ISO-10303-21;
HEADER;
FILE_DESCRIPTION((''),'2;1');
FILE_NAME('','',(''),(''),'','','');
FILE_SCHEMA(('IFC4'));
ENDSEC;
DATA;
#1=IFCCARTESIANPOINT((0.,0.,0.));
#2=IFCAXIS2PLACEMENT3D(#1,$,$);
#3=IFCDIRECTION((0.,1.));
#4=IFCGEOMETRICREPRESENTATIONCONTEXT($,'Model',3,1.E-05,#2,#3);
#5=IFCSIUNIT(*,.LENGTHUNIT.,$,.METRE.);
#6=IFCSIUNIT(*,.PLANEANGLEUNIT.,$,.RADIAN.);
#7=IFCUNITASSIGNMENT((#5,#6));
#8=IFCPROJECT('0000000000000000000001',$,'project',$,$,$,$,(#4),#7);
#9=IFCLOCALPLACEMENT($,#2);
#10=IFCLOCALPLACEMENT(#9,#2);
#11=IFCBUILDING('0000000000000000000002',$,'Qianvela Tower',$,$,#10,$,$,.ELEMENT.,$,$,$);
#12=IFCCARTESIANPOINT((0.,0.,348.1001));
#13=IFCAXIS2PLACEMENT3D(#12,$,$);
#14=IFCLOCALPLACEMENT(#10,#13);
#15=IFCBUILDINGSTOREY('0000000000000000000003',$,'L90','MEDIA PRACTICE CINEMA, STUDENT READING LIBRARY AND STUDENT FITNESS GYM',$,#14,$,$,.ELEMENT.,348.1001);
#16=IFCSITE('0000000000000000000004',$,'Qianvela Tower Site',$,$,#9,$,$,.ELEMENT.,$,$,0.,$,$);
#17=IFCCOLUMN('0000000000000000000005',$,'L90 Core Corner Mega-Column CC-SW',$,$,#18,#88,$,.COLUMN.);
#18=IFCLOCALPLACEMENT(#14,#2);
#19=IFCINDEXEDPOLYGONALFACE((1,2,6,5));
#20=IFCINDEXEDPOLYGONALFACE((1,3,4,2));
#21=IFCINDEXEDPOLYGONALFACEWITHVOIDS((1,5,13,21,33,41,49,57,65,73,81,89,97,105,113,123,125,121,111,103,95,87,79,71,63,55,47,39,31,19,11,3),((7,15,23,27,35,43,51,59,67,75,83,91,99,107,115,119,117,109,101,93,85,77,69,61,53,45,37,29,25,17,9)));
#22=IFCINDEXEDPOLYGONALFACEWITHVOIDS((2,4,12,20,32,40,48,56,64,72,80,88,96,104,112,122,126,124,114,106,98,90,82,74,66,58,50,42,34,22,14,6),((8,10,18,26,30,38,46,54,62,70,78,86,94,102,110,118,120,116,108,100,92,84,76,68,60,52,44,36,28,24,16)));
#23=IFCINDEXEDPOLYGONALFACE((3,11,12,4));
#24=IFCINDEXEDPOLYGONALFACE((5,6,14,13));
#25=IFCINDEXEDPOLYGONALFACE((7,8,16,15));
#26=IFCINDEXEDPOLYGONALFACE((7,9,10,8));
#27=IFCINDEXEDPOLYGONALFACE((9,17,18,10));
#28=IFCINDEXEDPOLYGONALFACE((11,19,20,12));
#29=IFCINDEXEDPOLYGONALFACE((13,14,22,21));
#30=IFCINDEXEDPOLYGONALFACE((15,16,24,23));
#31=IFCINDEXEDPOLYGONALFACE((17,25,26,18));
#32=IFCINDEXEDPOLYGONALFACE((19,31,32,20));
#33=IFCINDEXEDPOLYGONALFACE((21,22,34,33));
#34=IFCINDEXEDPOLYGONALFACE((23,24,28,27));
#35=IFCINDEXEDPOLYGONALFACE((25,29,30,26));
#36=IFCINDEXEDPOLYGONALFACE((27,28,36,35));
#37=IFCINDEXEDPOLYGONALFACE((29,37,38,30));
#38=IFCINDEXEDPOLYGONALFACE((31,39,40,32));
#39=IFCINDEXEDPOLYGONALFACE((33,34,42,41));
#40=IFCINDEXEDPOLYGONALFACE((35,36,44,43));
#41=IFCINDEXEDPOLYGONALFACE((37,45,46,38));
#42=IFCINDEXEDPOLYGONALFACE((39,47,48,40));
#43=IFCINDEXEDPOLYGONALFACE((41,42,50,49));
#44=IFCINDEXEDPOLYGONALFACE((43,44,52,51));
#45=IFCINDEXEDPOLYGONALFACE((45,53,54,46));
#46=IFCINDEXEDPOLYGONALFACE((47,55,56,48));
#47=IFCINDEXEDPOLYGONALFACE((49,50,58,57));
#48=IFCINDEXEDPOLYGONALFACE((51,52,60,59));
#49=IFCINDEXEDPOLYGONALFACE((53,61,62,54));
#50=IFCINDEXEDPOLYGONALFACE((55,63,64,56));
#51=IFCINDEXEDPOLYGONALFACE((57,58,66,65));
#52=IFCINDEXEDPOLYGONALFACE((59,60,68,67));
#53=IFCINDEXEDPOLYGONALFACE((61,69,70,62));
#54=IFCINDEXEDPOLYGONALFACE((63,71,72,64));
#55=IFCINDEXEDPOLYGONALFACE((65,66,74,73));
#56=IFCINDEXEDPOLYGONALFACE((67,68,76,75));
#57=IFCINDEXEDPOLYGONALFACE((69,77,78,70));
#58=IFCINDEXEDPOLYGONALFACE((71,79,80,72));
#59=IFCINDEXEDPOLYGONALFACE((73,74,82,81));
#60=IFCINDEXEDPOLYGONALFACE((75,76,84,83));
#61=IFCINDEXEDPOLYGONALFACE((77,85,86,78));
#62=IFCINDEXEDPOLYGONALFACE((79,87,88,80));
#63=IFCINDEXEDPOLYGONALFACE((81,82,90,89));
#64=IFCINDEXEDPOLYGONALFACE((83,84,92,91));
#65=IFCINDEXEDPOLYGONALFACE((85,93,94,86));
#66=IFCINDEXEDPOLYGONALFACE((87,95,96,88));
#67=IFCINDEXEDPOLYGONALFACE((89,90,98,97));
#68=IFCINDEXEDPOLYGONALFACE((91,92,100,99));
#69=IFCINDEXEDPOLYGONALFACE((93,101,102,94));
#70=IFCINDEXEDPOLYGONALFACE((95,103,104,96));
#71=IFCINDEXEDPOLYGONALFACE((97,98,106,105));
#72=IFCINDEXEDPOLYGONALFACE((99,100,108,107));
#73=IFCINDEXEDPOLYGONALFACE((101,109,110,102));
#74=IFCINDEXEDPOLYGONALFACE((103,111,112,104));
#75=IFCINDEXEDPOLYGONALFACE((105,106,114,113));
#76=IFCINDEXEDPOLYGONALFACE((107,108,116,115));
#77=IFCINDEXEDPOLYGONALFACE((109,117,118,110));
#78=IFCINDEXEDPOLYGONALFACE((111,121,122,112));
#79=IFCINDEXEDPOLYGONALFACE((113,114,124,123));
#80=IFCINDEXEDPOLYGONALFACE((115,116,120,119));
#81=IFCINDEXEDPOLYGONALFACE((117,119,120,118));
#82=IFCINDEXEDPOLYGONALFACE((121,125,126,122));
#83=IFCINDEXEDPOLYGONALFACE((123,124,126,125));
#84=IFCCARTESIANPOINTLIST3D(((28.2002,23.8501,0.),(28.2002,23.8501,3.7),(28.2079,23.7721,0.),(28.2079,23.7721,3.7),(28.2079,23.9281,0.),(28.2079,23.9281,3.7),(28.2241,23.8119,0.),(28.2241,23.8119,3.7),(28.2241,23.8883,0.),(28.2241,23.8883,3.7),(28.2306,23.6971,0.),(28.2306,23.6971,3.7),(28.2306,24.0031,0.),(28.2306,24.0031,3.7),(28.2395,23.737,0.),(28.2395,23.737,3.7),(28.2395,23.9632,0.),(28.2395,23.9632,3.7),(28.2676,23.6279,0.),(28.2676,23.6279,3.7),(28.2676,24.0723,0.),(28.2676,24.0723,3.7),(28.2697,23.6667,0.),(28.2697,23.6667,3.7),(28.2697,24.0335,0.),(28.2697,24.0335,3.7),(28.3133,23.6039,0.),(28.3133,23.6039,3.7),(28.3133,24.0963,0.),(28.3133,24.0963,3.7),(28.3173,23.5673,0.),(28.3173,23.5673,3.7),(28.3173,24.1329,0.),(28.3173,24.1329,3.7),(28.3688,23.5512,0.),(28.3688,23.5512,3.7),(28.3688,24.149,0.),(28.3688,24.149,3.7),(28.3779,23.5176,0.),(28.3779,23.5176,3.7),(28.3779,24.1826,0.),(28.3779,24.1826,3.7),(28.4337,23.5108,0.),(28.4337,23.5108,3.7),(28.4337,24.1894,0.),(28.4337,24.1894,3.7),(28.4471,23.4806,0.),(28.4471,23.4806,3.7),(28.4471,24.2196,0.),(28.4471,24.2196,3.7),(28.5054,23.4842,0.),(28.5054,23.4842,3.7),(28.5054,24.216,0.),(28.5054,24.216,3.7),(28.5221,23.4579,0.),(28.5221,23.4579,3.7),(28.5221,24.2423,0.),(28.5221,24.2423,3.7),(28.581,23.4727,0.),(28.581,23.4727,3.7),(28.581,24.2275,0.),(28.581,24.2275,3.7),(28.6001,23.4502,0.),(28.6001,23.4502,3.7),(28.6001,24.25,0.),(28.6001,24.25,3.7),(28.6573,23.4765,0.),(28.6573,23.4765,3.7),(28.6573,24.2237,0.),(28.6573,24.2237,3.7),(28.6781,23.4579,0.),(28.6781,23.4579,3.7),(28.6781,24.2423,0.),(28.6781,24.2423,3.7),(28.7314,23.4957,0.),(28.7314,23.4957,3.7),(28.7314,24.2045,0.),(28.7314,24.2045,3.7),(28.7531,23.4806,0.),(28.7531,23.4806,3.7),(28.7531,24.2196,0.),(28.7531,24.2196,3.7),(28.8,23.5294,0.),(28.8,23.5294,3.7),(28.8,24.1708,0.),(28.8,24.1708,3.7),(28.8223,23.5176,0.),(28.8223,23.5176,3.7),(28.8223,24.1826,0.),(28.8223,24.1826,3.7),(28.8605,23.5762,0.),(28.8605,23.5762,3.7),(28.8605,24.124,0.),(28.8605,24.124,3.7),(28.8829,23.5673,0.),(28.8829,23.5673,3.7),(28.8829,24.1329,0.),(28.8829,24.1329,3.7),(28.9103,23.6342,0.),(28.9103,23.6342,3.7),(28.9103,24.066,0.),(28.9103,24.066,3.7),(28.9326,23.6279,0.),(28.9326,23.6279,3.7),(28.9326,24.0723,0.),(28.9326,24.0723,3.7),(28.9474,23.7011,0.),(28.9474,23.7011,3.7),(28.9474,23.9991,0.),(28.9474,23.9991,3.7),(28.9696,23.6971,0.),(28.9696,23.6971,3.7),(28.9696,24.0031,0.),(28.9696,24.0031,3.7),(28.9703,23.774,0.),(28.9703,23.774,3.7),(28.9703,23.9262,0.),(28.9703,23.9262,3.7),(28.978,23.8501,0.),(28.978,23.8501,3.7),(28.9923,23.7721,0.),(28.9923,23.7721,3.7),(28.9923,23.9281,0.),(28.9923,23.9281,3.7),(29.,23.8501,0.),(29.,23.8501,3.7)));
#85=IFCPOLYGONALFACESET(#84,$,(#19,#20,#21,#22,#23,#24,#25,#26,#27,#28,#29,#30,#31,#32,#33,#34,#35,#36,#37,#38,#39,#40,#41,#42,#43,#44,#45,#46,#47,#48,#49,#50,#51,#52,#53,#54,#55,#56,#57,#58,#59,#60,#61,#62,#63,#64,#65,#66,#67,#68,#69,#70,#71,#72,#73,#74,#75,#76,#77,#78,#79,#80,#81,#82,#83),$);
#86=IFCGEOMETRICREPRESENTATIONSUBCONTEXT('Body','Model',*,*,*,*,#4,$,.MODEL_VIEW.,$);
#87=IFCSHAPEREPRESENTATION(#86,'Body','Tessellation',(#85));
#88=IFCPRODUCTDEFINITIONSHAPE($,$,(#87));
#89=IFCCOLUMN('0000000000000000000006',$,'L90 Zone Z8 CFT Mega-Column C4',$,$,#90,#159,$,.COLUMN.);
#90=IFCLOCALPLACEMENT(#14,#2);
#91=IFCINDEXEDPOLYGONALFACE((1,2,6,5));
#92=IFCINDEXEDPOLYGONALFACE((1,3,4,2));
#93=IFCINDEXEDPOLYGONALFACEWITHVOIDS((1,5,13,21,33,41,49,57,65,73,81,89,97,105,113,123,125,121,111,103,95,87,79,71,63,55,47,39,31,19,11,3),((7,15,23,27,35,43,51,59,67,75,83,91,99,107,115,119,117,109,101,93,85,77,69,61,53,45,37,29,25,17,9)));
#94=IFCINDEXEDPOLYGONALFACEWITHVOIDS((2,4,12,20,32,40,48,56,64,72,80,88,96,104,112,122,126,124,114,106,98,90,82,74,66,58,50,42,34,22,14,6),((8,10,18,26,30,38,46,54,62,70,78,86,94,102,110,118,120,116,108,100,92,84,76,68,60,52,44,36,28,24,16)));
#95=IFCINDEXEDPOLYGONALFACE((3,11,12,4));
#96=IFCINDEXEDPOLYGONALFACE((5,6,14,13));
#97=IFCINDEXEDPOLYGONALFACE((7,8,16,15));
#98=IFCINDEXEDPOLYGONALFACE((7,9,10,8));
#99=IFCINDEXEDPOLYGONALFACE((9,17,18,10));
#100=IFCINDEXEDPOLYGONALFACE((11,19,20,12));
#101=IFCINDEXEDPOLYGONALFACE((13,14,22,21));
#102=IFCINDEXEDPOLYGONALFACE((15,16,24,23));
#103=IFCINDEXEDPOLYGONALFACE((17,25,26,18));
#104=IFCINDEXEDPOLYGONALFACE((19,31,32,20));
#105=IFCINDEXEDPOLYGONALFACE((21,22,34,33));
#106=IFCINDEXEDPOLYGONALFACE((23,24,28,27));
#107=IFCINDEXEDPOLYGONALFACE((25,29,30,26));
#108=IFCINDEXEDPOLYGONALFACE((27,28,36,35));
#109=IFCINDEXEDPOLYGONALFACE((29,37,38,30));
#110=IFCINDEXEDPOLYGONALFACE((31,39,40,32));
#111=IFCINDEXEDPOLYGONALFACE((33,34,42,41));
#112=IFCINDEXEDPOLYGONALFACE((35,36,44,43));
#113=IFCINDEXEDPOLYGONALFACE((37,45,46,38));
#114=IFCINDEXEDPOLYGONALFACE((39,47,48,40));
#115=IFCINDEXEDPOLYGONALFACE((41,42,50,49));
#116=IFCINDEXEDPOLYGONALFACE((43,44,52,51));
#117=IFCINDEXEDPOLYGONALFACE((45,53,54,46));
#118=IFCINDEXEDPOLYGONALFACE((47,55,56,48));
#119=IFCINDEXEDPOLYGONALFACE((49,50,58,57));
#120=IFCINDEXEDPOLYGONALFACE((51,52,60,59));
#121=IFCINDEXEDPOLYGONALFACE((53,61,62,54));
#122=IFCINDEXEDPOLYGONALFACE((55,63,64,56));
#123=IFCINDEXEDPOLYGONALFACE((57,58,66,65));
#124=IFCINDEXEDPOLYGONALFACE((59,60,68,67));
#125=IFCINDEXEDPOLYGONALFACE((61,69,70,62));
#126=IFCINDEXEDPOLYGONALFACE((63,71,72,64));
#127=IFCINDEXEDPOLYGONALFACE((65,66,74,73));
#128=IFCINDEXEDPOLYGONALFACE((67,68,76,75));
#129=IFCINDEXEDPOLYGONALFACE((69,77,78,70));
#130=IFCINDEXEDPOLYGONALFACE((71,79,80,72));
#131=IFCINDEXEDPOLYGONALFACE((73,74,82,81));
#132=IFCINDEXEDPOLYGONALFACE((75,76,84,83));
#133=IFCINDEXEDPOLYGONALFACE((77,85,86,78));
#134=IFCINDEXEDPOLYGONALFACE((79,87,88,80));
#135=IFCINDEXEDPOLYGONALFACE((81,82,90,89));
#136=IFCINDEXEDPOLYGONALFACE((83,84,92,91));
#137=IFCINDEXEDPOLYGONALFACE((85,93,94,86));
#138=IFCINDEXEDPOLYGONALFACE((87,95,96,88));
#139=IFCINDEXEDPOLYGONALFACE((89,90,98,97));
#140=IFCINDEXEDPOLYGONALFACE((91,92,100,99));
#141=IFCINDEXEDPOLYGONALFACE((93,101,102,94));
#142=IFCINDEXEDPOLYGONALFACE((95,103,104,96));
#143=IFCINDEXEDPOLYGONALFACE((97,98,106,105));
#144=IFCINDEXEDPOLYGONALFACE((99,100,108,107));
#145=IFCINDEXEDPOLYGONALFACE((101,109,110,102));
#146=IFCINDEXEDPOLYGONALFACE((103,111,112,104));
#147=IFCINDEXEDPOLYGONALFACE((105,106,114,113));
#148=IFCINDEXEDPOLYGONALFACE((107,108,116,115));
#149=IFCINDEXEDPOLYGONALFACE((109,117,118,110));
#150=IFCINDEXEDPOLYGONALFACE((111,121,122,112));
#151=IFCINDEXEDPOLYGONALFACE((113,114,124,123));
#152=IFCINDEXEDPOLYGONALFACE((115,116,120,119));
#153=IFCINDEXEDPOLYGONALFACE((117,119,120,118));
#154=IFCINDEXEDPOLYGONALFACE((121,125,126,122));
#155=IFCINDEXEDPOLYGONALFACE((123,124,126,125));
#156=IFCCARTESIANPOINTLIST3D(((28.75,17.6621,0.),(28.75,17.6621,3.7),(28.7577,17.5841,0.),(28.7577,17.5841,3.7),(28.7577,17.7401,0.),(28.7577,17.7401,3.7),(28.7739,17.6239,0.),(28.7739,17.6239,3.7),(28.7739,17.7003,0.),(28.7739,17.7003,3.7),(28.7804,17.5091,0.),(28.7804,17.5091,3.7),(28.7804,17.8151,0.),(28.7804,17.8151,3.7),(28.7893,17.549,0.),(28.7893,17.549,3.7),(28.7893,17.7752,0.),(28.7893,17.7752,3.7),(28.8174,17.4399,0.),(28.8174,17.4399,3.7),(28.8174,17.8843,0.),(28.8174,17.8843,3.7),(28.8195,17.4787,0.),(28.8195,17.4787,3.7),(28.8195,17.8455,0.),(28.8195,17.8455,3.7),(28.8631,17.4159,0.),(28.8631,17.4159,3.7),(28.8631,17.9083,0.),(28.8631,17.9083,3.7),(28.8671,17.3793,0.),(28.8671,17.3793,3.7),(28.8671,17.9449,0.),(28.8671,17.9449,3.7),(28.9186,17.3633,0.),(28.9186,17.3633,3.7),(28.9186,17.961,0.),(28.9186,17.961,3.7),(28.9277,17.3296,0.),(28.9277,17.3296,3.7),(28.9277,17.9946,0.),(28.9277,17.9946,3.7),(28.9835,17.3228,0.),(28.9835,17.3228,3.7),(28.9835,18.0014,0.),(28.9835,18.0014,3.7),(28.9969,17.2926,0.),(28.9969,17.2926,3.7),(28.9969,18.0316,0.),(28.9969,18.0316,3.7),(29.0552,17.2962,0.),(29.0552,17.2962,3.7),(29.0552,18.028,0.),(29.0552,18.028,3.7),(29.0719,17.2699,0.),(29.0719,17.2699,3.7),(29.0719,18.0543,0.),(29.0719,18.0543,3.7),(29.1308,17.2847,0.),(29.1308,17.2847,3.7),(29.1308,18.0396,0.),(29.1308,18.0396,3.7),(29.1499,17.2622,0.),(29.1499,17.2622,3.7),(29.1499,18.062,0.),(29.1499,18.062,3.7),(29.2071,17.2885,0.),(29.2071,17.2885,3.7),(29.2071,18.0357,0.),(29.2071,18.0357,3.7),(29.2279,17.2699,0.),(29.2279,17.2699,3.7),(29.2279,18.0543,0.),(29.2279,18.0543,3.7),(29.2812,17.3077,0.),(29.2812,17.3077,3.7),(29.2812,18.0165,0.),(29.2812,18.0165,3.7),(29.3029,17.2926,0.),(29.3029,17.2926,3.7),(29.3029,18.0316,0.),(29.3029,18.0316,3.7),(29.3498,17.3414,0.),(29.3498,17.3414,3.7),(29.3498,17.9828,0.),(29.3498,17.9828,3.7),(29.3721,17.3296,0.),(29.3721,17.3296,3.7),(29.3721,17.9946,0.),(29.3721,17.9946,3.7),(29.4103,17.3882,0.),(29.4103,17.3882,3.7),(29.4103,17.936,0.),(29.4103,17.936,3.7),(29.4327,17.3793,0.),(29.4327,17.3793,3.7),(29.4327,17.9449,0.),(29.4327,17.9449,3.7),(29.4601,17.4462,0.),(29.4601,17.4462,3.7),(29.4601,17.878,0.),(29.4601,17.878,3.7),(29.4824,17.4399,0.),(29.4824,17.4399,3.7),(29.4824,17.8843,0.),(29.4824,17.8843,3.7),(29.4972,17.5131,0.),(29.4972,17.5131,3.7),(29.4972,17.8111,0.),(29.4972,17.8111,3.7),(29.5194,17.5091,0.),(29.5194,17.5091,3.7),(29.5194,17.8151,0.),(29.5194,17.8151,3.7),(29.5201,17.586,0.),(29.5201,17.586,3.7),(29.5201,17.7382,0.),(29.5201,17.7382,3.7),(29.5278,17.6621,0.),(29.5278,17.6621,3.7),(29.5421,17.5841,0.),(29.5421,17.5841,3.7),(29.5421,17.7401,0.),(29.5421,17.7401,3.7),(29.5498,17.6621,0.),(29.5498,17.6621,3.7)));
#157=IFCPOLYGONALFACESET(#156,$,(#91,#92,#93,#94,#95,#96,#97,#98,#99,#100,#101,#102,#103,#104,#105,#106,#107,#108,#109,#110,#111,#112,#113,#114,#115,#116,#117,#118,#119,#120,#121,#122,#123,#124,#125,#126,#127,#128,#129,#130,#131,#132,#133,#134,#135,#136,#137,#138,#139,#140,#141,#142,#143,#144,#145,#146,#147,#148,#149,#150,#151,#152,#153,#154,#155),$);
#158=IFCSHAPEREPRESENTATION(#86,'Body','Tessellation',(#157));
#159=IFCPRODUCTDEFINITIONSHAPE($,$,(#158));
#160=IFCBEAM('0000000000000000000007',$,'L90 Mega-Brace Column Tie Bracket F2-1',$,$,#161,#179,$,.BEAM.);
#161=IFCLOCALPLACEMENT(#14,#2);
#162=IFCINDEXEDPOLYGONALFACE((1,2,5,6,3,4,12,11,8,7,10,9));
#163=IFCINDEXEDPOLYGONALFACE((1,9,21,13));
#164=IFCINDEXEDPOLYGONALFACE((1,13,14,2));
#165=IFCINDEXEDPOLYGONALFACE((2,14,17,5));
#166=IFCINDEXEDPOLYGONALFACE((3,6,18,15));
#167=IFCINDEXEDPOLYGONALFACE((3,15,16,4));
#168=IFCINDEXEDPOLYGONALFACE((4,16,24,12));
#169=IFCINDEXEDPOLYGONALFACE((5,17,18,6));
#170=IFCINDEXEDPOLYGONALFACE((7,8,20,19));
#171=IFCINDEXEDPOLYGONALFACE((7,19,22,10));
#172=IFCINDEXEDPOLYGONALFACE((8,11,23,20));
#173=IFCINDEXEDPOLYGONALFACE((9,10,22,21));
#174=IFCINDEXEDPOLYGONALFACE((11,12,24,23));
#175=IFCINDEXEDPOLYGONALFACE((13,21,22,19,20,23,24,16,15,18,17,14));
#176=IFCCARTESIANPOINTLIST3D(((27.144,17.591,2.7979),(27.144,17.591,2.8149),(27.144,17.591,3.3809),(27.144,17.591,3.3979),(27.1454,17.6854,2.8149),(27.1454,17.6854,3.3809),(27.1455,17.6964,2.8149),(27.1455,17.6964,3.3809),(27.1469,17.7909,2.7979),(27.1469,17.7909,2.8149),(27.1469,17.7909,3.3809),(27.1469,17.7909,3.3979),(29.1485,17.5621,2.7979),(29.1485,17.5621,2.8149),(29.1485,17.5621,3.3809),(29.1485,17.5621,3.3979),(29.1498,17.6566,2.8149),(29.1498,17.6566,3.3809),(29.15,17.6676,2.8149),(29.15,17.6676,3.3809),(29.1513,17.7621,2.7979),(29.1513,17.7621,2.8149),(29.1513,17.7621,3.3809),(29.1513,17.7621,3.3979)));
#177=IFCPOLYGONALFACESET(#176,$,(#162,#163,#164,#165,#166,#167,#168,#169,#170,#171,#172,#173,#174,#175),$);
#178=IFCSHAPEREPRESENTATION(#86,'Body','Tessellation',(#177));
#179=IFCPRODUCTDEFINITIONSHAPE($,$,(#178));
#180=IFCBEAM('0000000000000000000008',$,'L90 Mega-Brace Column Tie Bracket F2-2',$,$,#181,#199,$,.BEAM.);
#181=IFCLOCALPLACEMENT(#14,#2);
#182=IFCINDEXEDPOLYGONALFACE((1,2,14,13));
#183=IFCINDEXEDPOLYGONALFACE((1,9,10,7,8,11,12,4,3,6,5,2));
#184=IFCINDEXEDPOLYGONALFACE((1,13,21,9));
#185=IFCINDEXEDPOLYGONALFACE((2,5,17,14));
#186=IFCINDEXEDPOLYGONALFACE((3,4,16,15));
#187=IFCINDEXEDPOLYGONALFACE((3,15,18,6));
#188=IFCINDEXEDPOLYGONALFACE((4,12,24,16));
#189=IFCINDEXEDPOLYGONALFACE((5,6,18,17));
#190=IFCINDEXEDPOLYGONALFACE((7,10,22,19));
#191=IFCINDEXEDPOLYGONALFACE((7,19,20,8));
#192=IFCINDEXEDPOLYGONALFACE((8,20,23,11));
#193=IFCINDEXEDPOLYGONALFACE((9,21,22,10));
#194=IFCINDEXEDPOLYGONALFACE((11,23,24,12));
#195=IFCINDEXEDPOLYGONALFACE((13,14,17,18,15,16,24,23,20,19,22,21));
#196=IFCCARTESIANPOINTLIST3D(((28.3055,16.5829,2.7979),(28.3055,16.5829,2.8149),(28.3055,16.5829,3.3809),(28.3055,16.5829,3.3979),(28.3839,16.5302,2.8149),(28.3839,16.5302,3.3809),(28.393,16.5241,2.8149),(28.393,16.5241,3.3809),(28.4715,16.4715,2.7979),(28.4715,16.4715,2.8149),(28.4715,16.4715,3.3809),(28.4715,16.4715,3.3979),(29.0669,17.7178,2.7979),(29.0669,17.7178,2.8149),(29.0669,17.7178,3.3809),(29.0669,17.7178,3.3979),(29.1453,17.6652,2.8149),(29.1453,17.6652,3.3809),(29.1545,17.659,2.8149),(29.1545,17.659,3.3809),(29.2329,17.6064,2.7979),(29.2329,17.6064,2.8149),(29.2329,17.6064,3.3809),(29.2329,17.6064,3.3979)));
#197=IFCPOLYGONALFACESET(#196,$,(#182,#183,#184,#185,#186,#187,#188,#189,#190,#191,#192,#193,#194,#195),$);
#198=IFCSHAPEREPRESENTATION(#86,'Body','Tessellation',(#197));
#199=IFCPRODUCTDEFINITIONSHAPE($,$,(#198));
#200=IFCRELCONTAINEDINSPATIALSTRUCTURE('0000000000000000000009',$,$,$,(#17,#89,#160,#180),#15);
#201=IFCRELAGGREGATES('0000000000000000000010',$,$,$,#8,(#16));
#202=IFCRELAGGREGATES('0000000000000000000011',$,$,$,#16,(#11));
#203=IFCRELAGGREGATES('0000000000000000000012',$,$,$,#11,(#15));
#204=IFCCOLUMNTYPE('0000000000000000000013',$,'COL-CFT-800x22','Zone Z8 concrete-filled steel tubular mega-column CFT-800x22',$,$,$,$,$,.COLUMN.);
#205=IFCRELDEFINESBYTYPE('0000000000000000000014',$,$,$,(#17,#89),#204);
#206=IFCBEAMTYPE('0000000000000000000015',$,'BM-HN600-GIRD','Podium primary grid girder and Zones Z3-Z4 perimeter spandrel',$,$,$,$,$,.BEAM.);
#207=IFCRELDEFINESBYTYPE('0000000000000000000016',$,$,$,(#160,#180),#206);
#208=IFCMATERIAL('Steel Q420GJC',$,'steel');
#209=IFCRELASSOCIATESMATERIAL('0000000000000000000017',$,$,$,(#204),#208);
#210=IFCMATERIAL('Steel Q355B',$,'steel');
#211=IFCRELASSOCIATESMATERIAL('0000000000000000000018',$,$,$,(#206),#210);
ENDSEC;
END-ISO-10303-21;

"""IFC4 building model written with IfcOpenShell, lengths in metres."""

from ifc_helpers import new_model, si_unit, direction, frame, origin, origin_2d, place, context, subcontext, project, spatial, hollow_circle, i_section, extrude, material, material_profile, profile_set, type_object, element, save


model = new_model("IFC4")

# Units and contexts
model_context = context("Model", 3, precision=1e-05, world=origin(), true_north=direction((0.0, 1.0)))
body_context = subcontext(model_context, "Body", "Model", "MODEL_VIEW")
ifc_project = project(units=[si_unit("LENGTHUNIT", "METRE"), si_unit("PLANEANGLEUNIT", "RADIAN")], contexts=[model_context])

# Site, building, storey
site_placement = place(None, origin())
site = spatial("IfcSite", under=ifc_project, at=site_placement, Name="Qianvela Tower Site", CompositionType="ELEMENT", RefElevation=0.0)
building_placement = place(site_placement, origin())
building = spatial("IfcBuilding", under=site, at=building_placement, Name="Qianvela Tower", CompositionType="ELEMENT")
storey_placement = place(building_placement, frame((0.0, 0.0, 348.1001)))
storey = spatial("IfcBuildingStorey", under=building, at=storey_placement, Name="L90", Description="MEDIA PRACTICE CINEMA, STUDENT READING LIBRARY AND STUDENT FITNESS GYM", CompositionType="ELEMENT", Elevation=348.1001)

# Columns
ifc_material_1 = material(Name="Steel Q420GJC", Category="steel")
ifc_material_profile_1 = material_profile(ifc_material_1, hollow_circle(Radius=0.3999, WallThickness=0.022, at=origin_2d()), Name="CFT-800x22")
ifc_profile_set_1 = profile_set([ifc_material_profile_1], Name="Steel Q420GJC")
column_type = type_object("IfcColumnType", Name="COL-CFT-800x22", Description="Zone Z8 concrete-filled steel tubular mega-column CFT-800x22", PredefinedType="COLUMN", material=ifc_profile_set_1)
for number, where, z_axis, x_axis, name in (
    (1, (28.6001, 23.8501, 0.0), (0.0, 0.0, 1.0), (1.0, 0.0, 0.0), "L90 Core Corner Mega-Column CC-SW"),
    (2, (29.1499, 17.6621, 0.0), (0.0, 0.0, 1.0), (1.0, 0.0, 0.0), "L90 Zone Z8 CFT Mega-Column C4"),
):
    element("IfcColumn", number, at=place(storey_placement, frame(where, z_axis=z_axis, x_axis=x_axis)), inside=storey, type_object=column_type, Name=name, PredefinedType="COLUMN", context=body_context, shape_type="SweptSolid", body=[
        extrude(hollow_circle(Radius=0.3999, WallThickness=0.022, at=origin_2d()), origin(), (0.0, 0.0, 1.0), 3.7),
    ])

# Beams
ifc_material_2 = material(Name="Steel Q355B", Category="steel")
ifc_material_profile_2 = material_profile(ifc_material_2, i_section(OverallWidth=0.2, OverallDepth=0.6001, WebThickness=0.011, FlangeThickness=0.0171, at=origin_2d()), Name="HN600x200x11x17")
ifc_profile_set_2 = profile_set([ifc_material_profile_2], Name="Steel Q355B")
beam_type = type_object("IfcBeamType", Name="BM-HN600-GIRD", Description="Podium primary grid girder and Zones Z3-Z4 perimeter spandrel", PredefinedType="BEAM", material=ifc_profile_set_2)
beam_1_placement = place(storey_placement, frame((29.1499, 17.6621, 3.0979), z_axis=(-0.999897, 0.014371, 0.0), x_axis=(-0.014371, -0.999897, 0.0)))
element("IfcBeam", 3, at=beam_1_placement, inside=storey, type_object=beam_type, Name="L90 Mega-Brace Column Tie Bracket F2-1", PredefinedType="BEAM", context=body_context, shape_type="SweptSolid", body=[
    extrude(i_section(OverallWidth=0.2, OverallDepth=0.6001, WebThickness=0.011, FlangeThickness=0.0171, at=origin_2d()), origin(), (0.0, 0.0, 1.0), 2.0046),
])
beam_2_placement = place(storey_placement, frame((29.1499, 17.6621, 3.0979), z_axis=(-0.55713, -0.830425, 0.0), x_axis=(0.830425, -0.55713, 0.0)))
element("IfcBeam", 4, at=beam_2_placement, inside=storey, type_object=beam_type, Name="L90 Mega-Brace Column Tie Bracket F2-2", PredefinedType="BEAM", context=body_context, shape_type="SweptSolid", body=[
    extrude(i_section(OverallWidth=0.2, OverallDepth=0.6001, WebThickness=0.011, FlangeThickness=0.0171, at=origin_2d()), origin(), (0.0, 0.0, 1.0), 1.3667),
])

save(model, "model.ifc")
